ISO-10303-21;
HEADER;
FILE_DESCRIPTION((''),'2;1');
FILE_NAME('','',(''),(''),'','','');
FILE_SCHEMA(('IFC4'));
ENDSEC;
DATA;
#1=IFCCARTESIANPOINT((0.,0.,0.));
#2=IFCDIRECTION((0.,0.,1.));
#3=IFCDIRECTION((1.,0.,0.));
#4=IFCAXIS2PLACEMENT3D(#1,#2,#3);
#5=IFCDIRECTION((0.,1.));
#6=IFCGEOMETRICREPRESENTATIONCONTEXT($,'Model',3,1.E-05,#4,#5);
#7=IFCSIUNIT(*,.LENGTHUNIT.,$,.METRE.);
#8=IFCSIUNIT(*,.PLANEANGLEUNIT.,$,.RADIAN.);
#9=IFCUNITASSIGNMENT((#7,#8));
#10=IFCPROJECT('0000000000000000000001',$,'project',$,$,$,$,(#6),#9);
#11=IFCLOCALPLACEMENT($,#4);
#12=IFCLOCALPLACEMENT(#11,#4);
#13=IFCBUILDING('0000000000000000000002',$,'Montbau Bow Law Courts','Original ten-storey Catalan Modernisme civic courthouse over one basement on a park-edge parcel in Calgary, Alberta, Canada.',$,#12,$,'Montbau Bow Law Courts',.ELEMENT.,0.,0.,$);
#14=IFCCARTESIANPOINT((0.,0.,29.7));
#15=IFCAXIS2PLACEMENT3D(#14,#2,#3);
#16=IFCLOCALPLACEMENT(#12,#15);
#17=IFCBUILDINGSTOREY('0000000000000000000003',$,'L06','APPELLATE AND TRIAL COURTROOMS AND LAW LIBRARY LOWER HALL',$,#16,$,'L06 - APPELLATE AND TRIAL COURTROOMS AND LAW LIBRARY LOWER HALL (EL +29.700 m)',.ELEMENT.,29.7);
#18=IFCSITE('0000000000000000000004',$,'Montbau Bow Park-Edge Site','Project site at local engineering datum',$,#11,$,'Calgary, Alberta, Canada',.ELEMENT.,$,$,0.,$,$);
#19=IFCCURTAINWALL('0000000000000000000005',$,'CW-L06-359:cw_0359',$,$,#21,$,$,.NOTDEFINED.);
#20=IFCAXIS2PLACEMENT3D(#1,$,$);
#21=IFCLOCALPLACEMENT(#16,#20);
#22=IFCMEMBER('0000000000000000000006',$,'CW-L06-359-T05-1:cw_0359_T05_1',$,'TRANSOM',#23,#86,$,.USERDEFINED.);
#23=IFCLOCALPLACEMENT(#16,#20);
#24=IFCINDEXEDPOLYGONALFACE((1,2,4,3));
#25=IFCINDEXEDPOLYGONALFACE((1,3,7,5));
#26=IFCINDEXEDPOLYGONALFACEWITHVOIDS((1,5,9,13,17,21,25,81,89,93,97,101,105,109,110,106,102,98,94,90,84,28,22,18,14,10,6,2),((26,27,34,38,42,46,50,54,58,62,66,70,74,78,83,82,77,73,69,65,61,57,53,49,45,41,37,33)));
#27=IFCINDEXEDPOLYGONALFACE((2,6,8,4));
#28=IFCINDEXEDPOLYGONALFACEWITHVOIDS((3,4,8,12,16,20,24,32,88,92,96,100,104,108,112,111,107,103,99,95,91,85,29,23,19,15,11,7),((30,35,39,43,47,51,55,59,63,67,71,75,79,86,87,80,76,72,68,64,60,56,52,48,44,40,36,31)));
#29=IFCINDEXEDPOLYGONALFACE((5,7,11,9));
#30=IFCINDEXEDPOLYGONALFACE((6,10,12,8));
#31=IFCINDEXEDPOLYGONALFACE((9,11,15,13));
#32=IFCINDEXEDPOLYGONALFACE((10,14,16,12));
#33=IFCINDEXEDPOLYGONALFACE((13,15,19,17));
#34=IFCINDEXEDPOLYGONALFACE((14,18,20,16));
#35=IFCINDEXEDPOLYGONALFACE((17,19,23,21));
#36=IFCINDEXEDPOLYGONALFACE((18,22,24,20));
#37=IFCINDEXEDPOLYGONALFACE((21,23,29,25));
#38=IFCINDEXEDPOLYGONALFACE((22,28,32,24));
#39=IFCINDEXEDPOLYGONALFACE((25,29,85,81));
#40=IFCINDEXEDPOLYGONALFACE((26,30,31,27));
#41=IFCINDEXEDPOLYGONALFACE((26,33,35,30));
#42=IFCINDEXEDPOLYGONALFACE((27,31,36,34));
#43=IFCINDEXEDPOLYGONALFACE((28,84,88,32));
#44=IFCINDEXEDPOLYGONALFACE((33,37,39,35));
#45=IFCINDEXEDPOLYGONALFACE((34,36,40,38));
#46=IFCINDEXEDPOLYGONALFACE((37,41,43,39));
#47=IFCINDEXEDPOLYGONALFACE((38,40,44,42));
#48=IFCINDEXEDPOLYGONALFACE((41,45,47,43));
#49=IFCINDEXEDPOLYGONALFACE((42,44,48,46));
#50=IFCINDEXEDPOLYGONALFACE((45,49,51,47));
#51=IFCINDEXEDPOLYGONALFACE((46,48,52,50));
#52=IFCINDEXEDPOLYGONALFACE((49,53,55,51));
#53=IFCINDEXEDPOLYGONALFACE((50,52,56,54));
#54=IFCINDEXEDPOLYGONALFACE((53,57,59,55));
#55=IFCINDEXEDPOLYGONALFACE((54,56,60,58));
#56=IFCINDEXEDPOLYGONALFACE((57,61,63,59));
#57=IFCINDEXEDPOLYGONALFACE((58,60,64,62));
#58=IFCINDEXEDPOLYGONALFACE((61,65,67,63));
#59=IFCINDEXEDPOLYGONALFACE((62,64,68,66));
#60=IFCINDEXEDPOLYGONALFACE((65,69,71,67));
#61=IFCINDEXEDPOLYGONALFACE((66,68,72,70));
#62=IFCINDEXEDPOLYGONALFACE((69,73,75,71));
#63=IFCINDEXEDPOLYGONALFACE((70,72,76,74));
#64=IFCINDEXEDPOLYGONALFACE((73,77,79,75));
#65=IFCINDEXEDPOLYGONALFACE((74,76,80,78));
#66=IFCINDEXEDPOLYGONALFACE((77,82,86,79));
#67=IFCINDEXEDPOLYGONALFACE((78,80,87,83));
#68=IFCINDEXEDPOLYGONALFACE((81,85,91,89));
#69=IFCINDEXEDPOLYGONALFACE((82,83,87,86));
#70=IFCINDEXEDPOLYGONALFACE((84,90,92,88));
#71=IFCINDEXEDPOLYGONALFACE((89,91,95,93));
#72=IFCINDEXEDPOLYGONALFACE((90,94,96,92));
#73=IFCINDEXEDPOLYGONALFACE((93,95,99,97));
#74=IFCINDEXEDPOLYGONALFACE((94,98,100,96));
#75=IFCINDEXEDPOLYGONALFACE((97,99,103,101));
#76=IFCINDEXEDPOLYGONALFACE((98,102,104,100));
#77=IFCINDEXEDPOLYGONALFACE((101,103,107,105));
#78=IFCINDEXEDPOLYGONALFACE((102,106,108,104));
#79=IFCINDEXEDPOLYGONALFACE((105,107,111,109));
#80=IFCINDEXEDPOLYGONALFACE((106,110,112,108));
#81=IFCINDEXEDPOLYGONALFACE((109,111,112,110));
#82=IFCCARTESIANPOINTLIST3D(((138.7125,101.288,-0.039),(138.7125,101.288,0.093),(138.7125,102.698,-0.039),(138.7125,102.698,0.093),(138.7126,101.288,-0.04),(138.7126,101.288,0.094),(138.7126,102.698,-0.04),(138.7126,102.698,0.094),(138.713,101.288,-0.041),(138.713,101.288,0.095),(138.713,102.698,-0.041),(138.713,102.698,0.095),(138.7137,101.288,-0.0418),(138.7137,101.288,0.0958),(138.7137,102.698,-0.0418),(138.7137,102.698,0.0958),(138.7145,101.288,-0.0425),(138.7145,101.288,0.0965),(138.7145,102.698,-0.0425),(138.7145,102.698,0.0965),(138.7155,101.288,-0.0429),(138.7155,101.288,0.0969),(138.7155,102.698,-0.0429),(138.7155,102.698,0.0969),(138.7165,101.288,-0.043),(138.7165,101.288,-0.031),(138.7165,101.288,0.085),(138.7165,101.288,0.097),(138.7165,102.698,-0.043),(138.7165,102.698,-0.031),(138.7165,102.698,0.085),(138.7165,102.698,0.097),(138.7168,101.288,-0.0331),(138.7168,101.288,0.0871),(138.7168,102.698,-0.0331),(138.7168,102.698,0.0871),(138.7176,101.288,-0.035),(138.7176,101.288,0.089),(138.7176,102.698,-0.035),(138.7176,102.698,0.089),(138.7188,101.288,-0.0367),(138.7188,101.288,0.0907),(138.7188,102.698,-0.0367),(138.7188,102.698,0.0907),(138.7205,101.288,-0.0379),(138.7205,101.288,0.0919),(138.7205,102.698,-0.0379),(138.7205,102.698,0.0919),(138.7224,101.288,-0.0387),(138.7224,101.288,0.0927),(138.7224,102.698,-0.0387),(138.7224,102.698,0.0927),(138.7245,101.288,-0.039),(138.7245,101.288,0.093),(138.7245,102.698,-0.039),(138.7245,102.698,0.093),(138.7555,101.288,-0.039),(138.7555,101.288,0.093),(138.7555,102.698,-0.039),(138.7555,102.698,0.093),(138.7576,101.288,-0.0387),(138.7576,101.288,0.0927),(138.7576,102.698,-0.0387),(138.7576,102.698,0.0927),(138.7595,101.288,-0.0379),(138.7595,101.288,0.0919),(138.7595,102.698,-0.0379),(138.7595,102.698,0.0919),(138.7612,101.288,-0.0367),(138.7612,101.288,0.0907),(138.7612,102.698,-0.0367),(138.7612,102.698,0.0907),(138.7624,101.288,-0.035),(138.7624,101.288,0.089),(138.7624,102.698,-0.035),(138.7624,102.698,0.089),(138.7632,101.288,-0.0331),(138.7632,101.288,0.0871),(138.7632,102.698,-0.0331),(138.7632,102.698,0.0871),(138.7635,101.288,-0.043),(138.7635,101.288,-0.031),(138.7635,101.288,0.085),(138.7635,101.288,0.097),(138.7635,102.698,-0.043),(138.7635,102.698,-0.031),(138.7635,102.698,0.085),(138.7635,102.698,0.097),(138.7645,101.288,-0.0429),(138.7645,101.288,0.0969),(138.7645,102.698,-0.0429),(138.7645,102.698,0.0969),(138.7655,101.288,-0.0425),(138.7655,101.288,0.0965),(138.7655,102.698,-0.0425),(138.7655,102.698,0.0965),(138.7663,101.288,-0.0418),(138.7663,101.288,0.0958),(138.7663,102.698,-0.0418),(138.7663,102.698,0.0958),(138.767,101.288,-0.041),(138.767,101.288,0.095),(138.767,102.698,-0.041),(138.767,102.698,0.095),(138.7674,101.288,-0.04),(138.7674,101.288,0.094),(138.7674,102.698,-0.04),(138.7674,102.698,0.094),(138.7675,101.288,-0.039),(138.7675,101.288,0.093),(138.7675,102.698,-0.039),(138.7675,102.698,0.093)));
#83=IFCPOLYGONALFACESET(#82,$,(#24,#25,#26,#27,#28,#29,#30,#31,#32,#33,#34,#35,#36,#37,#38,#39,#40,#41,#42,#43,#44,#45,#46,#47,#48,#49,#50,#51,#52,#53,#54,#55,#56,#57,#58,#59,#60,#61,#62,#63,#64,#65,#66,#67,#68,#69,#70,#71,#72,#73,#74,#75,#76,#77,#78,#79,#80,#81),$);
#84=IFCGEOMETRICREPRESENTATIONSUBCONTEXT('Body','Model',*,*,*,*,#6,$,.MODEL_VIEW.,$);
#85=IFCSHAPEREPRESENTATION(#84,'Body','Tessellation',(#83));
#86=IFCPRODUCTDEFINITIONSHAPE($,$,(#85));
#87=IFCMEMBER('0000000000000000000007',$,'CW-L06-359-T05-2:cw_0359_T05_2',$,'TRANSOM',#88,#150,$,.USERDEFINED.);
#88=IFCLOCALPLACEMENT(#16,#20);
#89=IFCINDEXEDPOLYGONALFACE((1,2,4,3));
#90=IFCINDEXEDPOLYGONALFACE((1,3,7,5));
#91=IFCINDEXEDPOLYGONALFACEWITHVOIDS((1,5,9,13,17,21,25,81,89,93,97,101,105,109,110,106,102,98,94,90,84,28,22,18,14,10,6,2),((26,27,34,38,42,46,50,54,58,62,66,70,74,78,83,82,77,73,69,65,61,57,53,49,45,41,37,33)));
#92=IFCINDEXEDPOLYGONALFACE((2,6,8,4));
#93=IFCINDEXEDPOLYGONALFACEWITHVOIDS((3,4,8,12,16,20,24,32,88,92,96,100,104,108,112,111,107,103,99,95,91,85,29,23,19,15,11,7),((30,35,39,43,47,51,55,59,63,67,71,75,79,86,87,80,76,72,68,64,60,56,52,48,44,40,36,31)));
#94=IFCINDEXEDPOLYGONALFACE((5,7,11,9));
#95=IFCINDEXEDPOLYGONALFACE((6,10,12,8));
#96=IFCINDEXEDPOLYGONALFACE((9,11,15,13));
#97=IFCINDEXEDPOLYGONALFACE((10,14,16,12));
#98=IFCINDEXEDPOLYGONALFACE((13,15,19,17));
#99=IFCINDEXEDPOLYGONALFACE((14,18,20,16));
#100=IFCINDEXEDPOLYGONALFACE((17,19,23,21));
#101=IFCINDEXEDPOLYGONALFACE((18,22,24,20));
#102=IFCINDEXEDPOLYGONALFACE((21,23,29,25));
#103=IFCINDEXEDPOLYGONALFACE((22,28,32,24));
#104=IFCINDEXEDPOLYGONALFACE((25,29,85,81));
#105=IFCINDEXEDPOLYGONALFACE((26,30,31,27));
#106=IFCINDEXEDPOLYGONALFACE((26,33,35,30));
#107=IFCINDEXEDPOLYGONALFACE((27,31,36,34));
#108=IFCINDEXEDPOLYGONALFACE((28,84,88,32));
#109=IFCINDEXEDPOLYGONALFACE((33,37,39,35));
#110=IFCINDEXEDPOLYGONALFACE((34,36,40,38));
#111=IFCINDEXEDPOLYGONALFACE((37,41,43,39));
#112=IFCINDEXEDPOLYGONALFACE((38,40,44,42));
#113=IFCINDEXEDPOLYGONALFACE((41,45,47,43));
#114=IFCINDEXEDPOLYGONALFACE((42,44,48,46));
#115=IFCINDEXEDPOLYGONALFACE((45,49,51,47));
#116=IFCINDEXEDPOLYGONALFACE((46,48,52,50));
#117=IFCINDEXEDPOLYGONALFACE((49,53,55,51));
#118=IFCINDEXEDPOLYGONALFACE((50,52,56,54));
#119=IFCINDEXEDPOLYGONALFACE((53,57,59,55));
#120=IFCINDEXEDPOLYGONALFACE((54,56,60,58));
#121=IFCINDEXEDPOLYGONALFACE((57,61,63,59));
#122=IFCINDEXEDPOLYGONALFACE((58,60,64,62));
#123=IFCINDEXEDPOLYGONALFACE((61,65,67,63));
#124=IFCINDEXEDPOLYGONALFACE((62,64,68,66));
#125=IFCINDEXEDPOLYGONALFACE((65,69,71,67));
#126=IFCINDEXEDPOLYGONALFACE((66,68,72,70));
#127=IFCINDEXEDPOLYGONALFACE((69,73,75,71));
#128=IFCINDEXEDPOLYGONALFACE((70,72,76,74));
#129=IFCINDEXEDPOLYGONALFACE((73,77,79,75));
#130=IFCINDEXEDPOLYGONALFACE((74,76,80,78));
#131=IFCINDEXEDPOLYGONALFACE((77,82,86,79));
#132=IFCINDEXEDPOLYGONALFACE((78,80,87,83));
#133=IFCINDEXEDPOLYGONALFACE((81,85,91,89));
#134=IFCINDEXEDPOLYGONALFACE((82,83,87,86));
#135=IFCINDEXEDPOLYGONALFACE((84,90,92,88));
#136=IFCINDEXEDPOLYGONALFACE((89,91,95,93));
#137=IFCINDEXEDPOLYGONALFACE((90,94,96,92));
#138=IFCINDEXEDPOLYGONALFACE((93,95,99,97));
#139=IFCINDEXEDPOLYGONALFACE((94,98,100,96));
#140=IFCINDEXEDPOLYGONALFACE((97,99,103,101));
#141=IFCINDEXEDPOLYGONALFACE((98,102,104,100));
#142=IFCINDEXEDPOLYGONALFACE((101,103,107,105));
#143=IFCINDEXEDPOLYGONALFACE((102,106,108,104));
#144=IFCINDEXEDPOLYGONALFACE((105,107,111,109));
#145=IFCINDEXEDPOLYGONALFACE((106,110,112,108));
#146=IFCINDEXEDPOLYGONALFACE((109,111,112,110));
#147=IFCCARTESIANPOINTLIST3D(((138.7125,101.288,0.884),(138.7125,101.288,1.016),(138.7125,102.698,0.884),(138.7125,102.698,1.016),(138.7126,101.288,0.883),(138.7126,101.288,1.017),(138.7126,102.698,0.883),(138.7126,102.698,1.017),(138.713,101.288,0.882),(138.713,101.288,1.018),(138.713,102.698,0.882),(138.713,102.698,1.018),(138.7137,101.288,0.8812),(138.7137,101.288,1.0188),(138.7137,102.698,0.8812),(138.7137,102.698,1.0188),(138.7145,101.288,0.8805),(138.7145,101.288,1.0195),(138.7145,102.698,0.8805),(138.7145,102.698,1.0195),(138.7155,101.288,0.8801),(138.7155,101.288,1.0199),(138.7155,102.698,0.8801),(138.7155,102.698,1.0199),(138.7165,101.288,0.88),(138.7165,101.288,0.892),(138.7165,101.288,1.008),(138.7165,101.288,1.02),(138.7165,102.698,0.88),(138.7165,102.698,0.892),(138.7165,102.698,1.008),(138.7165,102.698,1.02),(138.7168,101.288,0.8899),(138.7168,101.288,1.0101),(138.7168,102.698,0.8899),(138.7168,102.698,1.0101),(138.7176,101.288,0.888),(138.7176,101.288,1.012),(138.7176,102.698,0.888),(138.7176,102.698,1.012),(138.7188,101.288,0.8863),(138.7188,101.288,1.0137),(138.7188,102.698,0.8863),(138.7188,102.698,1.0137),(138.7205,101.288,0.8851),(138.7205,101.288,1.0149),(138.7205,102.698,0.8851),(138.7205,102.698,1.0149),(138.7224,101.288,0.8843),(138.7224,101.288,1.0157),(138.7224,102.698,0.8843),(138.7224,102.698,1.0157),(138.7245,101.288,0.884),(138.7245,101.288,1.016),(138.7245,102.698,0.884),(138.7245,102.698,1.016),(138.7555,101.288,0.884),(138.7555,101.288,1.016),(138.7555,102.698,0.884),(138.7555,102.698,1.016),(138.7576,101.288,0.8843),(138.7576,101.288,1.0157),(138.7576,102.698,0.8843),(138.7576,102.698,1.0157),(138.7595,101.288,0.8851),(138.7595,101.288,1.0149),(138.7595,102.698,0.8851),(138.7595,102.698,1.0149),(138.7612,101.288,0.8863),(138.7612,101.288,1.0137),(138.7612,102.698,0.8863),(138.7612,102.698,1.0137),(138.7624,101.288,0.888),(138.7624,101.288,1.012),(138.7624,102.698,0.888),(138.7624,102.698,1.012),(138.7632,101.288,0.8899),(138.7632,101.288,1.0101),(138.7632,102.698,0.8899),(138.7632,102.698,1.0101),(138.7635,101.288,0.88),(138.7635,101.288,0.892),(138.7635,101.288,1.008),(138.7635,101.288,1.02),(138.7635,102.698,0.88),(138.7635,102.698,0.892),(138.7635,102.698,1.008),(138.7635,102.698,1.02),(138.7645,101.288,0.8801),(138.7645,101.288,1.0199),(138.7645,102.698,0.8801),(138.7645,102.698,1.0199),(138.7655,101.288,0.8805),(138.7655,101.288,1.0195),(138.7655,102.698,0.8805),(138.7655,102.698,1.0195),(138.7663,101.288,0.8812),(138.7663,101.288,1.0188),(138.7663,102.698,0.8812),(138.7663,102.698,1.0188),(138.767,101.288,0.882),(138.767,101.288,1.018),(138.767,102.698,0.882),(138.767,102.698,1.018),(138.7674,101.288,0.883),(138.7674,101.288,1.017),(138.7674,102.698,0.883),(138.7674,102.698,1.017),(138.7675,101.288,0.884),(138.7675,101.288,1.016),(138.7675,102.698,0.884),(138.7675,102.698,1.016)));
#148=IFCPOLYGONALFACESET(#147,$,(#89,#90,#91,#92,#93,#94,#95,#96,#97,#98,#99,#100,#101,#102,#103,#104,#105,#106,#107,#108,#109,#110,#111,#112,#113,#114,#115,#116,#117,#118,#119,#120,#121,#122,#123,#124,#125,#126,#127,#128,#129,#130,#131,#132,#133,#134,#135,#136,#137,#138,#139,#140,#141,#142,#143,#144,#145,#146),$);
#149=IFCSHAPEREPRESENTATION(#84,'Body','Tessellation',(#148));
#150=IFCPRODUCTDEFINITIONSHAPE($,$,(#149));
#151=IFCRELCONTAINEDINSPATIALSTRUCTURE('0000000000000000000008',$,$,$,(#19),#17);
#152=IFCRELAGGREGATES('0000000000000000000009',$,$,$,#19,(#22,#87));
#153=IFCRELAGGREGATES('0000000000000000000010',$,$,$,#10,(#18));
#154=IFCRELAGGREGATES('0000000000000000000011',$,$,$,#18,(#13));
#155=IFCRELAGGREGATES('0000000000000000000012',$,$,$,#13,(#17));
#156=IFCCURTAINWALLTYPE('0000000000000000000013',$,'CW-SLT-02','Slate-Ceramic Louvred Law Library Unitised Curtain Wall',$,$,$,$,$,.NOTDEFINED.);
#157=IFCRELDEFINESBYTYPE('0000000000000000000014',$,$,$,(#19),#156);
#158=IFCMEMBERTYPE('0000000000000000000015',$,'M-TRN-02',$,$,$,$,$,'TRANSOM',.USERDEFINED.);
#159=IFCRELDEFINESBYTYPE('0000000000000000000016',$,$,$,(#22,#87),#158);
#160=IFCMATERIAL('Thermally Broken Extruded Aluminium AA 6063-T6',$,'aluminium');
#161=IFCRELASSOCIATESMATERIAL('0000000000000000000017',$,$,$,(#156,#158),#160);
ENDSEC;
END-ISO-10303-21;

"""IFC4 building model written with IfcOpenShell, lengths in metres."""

from ifc_helpers import new_model, si_unit, direction, frame, origin_with_axes, origin_2d_with_axis, place, context, subcontext, project, spatial, hollow_rectangle, extrude, material, material_profile, profile_set, type_object, element, aggregate, save


model = new_model("IFC4")

# Units and contexts
model_context = context("Model", 3, precision=1e-05, world=origin_with_axes(), true_north=direction((0.0, 1.0)))
body_context = subcontext(model_context, "Body", "Model", "MODEL_VIEW")
ifc_project = project(units=[si_unit("LENGTHUNIT", "METRE"), si_unit("PLANEANGLEUNIT", "RADIAN")], contexts=[model_context])

# Site, building, storey
site_placement = place(None, origin_with_axes())
site = spatial("IfcSite", under=ifc_project, at=site_placement, Name="Montbau Bow Park-Edge Site", Description="Project site at local engineering datum", LongName="Calgary, Alberta, Canada", CompositionType="ELEMENT", RefElevation=0.0)
building_placement = place(site_placement, origin_with_axes())
building = spatial("IfcBuilding", under=site, at=building_placement, Name="Montbau Bow Law Courts", Description="Original ten-storey Catalan Modernisme civic courthouse over one basement on a park-edge parcel in Calgary, Alberta, Canada.", LongName="Montbau Bow Law Courts", CompositionType="ELEMENT", ElevationOfRefHeight=0.0, ElevationOfTerrain=0.0)
storey_placement = place(building_placement, frame((0.0, 0.0, 29.7), z_axis=(0.0, 0.0, 1.0), x_axis=(1.0, 0.0, 0.0)))
storey = spatial("IfcBuildingStorey", under=building, at=storey_placement, Name="L06", Description="APPELLATE AND TRIAL COURTROOMS AND LAW LIBRARY LOWER HALL", LongName="L06 - APPELLATE AND TRIAL COURTROOMS AND LAW LIBRARY LOWER HALL (EL +29.700 m)", CompositionType="ELEMENT", Elevation=29.7)

# Curtain wall, members
ifc_material_1 = material(Name="Thermally Broken Extruded Aluminium AA 6063-T6", Category="aluminium")
curtain_wall_type = type_object("IfcCurtainWallType", Name="CW-SLT-02", Description="Slate-Ceramic Louvred Law Library Unitised Curtain Wall", PredefinedType="NOTDEFINED", material=ifc_material_1)
curtain_wall_placement = place(None, frame((138.74, 95.24, 29.7), z_axis=(0.0, 0.0, 1.0), x_axis=(1.0, 0.0, 0.0)))
curtain_wall = element("IfcCurtainWall", 1, at=curtain_wall_placement, inside=storey, type_object=curtain_wall_type, Name="CW-L06-359:cw_0359", PredefinedType="NOTDEFINED")
ifc_material_profile_1 = material_profile(ifc_material_1, hollow_rectangle(XDim=0.055, YDim=0.14, WallThickness=0.004, InnerFilletRadius=0.008, OuterFilletRadius=0.004, at=origin_2d_with_axis()), Name="CWT-140X55", Category="Main", Priority=0)
ifc_profile_set_1 = profile_set([ifc_material_profile_1], Name="Thermally Broken Extruded Aluminium AA 6063-T6")
member_type_1 = type_object("IfcMemberType", Name="M-TRN-02", ElementType="TRANSOM", PredefinedType="USERDEFINED", material=ifc_profile_set_1)
member_1_placement = place(None, frame((138.74, 101.288, 29.727), z_axis=(0.0, 1.0, 0.0), x_axis=(-1.0, 0.0, 0.0)))
member_1 = element("IfcMember", 2, at=member_1_placement, type_object=member_type_1, Name="CW-L06-359-T05-1:cw_0359_T05_1", ObjectType="TRANSOM", PredefinedType="USERDEFINED", context=body_context, shape_type="SweptSolid", body=[
    extrude(hollow_rectangle(XDim=0.055, YDim=0.14, WallThickness=0.004, InnerFilletRadius=0.008, OuterFilletRadius=0.004, at=origin_2d_with_axis()), origin_with_axes(), (0.0, 0.0, 1.0), 1.41),
])
member_2_placement = place(None, frame((138.74, 101.288, 30.65), z_axis=(0.0, 1.0, 0.0), x_axis=(-1.0, 0.0, 0.0)))
member_2 = element("IfcMember", 3, at=member_2_placement, type_object=member_type_1, Name="CW-L06-359-T05-2:cw_0359_T05_2", ObjectType="TRANSOM", PredefinedType="USERDEFINED", context=body_context, shape_type="SweptSolid", body=[
    extrude(hollow_rectangle(XDim=0.055, YDim=0.14, WallThickness=0.004, InnerFilletRadius=0.008, OuterFilletRadius=0.004, at=origin_2d_with_axis()), origin_with_axes(), (0.0, 0.0, 1.0), 1.41),
])
aggregate(curtain_wall, [member_1, member_2])

save(model, "model.ifc")
